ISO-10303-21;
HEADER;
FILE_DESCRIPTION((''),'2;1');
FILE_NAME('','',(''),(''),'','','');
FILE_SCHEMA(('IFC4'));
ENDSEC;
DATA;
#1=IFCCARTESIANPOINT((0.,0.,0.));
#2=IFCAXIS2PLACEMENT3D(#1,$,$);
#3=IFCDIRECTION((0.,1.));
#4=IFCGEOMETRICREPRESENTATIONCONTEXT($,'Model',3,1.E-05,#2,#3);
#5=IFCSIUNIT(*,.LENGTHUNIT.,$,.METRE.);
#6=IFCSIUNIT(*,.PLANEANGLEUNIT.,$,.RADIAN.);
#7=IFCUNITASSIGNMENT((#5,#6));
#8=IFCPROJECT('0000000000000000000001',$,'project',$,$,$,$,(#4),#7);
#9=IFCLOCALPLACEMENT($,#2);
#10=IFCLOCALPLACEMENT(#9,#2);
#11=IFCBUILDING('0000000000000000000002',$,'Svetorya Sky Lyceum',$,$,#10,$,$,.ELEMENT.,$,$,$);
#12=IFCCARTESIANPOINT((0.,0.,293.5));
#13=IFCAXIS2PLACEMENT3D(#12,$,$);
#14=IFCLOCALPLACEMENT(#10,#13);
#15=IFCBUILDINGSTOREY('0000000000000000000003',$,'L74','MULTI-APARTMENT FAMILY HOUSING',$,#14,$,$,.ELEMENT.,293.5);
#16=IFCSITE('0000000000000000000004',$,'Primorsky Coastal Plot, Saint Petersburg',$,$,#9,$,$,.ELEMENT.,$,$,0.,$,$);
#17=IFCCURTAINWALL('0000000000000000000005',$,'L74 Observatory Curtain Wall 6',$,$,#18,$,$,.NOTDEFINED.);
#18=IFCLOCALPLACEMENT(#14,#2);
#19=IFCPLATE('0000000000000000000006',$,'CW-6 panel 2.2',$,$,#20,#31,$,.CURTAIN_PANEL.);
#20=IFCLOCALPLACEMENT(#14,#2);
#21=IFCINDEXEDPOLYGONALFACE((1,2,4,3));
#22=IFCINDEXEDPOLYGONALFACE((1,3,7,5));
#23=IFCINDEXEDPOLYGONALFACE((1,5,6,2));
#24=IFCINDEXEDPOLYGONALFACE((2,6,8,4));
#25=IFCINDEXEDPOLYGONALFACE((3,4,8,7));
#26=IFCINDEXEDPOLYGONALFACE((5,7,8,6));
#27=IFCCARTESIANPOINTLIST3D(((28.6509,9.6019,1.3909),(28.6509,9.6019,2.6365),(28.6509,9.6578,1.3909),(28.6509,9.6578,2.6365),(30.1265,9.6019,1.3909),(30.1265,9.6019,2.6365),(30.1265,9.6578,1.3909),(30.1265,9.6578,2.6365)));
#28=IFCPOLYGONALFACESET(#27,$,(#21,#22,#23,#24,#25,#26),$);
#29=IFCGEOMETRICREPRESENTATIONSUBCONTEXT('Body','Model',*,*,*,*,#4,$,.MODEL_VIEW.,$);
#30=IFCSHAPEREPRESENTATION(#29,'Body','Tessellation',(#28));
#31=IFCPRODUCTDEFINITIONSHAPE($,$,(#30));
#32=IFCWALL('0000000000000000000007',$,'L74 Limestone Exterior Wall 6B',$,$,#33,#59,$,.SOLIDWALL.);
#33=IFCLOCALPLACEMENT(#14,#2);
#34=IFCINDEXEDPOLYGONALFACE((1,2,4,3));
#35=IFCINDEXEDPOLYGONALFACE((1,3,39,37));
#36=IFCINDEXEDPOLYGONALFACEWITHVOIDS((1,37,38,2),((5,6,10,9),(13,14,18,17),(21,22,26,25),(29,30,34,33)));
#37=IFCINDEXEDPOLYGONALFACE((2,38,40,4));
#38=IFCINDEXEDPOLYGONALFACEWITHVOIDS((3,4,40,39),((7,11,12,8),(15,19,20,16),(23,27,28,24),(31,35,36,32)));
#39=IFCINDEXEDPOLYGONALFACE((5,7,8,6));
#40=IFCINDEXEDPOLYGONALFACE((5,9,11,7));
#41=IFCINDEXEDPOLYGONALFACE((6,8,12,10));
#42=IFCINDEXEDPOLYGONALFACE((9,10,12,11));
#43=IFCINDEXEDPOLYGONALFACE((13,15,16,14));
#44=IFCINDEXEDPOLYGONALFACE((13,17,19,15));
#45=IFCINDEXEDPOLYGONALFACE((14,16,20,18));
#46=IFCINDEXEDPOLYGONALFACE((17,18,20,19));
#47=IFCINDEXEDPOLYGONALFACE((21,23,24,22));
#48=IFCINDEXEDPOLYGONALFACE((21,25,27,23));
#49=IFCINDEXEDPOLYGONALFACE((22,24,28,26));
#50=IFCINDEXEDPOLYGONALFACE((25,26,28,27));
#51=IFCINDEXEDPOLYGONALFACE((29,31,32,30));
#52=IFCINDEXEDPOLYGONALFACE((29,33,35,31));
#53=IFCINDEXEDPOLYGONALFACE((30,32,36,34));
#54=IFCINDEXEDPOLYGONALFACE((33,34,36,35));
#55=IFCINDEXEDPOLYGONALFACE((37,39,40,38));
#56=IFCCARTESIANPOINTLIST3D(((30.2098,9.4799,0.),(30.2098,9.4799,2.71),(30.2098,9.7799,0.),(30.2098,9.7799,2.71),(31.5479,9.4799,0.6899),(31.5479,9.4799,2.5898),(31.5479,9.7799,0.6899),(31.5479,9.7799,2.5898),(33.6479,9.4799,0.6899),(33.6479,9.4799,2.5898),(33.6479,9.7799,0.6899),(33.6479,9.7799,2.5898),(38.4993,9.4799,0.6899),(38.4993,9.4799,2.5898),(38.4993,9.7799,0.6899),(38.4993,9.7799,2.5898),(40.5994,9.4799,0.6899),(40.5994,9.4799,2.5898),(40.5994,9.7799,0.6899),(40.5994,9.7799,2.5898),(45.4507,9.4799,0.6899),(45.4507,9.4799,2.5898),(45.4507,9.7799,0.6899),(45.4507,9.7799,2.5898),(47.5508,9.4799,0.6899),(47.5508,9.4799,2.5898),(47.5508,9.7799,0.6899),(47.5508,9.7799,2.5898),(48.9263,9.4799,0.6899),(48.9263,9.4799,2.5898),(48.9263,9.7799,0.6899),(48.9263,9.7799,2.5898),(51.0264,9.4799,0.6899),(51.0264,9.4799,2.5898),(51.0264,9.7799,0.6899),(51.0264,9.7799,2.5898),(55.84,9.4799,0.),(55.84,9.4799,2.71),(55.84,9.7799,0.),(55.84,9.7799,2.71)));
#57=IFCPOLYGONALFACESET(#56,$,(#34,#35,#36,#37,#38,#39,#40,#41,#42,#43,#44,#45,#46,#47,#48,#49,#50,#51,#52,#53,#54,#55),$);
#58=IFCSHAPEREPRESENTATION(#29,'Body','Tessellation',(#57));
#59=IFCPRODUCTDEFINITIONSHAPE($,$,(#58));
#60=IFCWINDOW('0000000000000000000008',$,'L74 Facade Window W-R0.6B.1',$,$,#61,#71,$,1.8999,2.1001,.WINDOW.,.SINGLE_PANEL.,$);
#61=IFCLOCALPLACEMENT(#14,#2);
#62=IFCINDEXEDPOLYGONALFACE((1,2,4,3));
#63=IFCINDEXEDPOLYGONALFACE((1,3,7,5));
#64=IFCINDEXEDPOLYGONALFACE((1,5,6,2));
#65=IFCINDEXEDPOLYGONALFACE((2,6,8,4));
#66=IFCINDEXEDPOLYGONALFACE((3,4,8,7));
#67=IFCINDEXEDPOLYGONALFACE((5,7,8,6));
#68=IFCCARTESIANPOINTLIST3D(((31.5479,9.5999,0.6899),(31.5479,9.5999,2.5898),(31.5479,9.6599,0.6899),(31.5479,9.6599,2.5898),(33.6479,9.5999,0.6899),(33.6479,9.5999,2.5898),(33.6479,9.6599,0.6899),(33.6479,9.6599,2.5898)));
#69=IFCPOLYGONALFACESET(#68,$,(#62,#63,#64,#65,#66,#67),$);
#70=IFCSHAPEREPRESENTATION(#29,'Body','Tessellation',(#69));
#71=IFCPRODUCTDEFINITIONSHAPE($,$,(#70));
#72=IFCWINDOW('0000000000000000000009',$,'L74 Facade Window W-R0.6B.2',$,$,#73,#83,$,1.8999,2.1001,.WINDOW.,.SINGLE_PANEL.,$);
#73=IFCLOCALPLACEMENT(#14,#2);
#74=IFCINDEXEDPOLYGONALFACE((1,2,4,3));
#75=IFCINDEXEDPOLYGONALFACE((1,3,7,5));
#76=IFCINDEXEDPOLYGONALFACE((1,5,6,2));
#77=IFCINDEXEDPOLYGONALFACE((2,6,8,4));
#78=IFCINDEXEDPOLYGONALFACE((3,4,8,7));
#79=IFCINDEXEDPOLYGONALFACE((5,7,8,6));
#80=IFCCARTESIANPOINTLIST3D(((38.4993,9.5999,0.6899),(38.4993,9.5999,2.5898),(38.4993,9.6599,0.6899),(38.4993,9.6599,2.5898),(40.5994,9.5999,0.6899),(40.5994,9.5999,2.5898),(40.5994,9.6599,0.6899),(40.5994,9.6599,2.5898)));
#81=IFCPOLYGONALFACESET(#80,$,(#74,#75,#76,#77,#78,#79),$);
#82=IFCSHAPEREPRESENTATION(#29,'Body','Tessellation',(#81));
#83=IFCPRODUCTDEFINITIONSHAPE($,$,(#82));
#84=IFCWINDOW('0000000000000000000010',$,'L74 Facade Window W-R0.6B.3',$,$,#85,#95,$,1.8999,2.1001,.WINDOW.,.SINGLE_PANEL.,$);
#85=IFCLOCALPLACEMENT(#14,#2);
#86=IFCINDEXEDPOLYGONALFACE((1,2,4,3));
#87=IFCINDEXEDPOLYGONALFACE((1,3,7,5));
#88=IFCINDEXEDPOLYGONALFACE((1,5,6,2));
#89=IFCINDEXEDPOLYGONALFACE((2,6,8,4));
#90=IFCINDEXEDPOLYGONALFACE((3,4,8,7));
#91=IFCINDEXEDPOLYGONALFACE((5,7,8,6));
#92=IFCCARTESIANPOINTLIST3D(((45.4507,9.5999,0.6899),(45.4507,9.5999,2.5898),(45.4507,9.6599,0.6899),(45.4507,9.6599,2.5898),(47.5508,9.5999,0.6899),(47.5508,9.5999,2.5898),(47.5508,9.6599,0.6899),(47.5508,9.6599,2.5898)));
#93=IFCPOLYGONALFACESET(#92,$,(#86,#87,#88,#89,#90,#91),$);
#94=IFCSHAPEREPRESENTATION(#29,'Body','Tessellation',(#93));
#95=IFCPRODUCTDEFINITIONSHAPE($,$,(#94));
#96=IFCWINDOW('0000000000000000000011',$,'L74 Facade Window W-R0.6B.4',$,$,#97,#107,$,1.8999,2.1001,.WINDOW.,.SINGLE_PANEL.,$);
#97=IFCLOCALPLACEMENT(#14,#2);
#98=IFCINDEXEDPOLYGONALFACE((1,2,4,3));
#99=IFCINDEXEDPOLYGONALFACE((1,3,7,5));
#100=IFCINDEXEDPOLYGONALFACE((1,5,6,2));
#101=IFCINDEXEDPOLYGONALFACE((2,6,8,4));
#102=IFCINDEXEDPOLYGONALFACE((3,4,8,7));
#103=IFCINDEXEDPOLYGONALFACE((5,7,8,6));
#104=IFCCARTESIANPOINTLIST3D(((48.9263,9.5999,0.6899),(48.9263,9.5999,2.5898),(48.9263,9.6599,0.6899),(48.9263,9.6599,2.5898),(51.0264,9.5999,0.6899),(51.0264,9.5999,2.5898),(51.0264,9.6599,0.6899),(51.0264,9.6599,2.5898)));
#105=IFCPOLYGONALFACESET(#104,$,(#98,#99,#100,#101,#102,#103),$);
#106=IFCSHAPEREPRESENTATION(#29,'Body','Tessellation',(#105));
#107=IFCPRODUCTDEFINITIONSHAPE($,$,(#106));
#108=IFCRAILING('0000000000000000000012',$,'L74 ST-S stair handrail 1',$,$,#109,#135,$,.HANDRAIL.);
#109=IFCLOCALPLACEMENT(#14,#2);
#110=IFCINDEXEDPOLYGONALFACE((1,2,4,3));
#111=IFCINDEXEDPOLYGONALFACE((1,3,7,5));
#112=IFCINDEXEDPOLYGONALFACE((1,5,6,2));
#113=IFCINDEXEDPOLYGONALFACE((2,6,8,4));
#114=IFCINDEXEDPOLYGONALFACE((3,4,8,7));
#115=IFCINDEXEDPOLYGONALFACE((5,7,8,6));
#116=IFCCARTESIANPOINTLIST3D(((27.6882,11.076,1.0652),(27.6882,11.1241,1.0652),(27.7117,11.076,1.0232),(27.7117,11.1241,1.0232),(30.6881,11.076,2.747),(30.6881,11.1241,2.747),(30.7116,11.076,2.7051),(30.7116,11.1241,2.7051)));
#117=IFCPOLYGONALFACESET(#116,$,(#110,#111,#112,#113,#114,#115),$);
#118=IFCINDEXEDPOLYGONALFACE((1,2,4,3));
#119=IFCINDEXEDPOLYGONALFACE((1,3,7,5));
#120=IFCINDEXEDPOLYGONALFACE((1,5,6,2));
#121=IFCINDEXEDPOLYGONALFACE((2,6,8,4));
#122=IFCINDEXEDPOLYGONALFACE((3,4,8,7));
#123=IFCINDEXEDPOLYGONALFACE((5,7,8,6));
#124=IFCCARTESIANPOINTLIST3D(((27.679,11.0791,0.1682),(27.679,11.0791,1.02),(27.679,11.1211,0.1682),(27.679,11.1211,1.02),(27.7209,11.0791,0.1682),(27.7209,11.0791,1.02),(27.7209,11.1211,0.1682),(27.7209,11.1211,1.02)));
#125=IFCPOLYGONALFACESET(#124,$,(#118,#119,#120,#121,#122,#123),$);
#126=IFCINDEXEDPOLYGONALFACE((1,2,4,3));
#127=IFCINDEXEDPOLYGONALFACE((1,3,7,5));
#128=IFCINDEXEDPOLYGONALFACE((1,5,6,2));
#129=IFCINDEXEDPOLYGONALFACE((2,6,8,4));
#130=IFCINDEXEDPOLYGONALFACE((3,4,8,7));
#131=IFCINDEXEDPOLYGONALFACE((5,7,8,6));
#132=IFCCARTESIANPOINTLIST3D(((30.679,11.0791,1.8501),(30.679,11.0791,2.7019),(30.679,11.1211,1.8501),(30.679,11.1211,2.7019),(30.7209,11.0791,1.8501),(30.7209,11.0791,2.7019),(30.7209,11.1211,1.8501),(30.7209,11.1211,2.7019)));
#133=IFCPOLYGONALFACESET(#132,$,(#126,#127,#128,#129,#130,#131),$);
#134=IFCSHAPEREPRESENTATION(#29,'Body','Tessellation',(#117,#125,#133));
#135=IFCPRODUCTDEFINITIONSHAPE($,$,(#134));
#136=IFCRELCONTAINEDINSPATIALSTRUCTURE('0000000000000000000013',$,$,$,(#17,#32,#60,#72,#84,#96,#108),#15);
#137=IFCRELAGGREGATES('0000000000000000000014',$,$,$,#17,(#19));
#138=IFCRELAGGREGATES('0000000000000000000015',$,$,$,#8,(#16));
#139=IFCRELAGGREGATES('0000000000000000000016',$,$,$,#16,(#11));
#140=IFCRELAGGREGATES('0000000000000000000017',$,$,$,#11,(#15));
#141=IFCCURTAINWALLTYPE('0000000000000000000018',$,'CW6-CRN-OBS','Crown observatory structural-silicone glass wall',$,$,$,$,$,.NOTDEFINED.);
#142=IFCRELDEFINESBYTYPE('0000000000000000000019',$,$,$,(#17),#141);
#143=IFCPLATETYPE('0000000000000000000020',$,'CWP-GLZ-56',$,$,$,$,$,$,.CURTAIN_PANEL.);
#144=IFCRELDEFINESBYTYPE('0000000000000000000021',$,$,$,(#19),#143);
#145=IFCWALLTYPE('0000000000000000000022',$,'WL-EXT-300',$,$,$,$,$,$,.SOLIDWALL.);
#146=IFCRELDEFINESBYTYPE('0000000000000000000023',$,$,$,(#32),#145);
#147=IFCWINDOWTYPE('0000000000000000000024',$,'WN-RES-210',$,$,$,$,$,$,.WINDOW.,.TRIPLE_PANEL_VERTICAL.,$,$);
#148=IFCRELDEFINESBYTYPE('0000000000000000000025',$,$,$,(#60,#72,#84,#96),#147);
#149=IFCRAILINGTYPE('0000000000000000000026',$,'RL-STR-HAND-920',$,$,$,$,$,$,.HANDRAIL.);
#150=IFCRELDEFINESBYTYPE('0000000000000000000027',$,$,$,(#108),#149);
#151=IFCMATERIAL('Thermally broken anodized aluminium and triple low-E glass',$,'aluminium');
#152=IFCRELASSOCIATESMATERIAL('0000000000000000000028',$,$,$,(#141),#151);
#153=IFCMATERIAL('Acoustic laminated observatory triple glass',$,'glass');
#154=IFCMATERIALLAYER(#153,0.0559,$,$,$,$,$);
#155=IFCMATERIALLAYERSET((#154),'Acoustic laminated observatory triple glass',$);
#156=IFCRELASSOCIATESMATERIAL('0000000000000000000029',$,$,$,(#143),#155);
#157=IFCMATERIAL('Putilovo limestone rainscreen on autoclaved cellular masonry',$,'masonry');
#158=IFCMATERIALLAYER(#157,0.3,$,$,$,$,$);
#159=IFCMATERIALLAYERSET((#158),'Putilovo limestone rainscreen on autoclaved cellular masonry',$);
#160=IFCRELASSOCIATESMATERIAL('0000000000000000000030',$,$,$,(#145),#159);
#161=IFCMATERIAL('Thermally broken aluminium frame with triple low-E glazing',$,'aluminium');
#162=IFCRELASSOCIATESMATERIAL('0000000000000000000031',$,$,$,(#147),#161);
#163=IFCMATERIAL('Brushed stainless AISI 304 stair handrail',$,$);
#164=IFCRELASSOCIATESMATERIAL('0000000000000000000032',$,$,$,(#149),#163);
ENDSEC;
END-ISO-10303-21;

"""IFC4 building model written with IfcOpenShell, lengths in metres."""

from ifc_helpers import new_model, si_unit, direction, frame, frame_2d, origin, origin_2d, place, context, subcontext, project, spatial, rectangle, extrude, material, layer, layer_set, type_object, element, fill, aggregate, save


model = new_model("IFC4")

# Units and contexts
model_context = context("Model", 3, precision=1e-05, world=origin(), true_north=direction((0.0, 1.0)))
body_context = subcontext(model_context, "Body", "Model", "MODEL_VIEW")
ifc_project = project(units=[si_unit("LENGTHUNIT", "METRE"), si_unit("PLANEANGLEUNIT", "RADIAN")], contexts=[model_context])

# Site, building, storey
site_placement = place(None, origin())
site = spatial("IfcSite", under=ifc_project, at=site_placement, Name="Primorsky Coastal Plot, Saint Petersburg", CompositionType="ELEMENT", RefElevation=0.0)
building_placement = place(site_placement, origin())
building = spatial("IfcBuilding", under=site, at=building_placement, Name="Svetorya Sky Lyceum", CompositionType="ELEMENT")
storey_placement = place(building_placement, frame((0.0, 0.0, 293.5)))
storey = spatial("IfcBuildingStorey", under=building, at=storey_placement, Name="L74", Description="MULTI-APARTMENT FAMILY HOUSING", CompositionType="ELEMENT", Elevation=293.5)

# Curtain wall, plate
ifc_material_1 = material(Name="Thermally broken anodized aluminium and triple low-E glass", Category="aluminium")
curtain_wall_type = type_object("IfcCurtainWallType", Name="CW6-CRN-OBS", Description="Crown observatory structural-silicone glass wall", PredefinedType="NOTDEFINED", material=ifc_material_1)
curtain_wall_placement = place(storey_placement, origin())
curtain_wall = element("IfcCurtainWall", 1, at=curtain_wall_placement, inside=storey, type_object=curtain_wall_type, Name="L74 Observatory Curtain Wall 6", PredefinedType="NOTDEFINED")
ifc_material_2 = material(Name="Acoustic laminated observatory triple glass", Category="glass")
ifc_layer_1 = layer(ifc_material_2, 0.0559)
ifc_layer_set_1 = layer_set([ifc_layer_1], Name="Acoustic laminated observatory triple glass")
plate_type = type_object("IfcPlateType", Name="CWP-GLZ-56", PredefinedType="CURTAIN_PANEL", material=ifc_layer_set_1)
plate_1_placement = place(storey_placement, frame((29.3887, 9.6299, 1.3909), z_axis=(0.0, 0.0, 1.0), x_axis=(1.0, 0.0, 0.0)))
plate_1 = element("IfcPlate", 2, at=plate_1_placement, type_object=plate_type, Name="CW-6 panel 2.2", PredefinedType="CURTAIN_PANEL", context=body_context, shape_type="SweptSolid", body=[
    extrude(rectangle(XDim=1.4756, YDim=0.0559, at=origin_2d()), origin(), (0.0, 0.0, 1.0), 1.2456),
])
aggregate(curtain_wall, [plate_1])

# Wall, openings, windows
ifc_material_3 = material(Name="Putilovo limestone rainscreen on autoclaved cellular masonry", Category="masonry")
ifc_layer_2 = layer(ifc_material_3, 0.3)
ifc_layer_set_2 = layer_set([ifc_layer_2], Name="Putilovo limestone rainscreen on autoclaved cellular masonry")
wall_type = type_object("IfcWallType", Name="WL-EXT-300", PredefinedType="SOLIDWALL", material=ifc_layer_set_2)
wall_placement = place(storey_placement, frame((30.21, 9.6299, 0.0), z_axis=(0.0, 0.0, 1.0), x_axis=(1.0, 0.0, 0.0)))
wall = element("IfcWall", 3, at=wall_placement, inside=storey, type_object=wall_type, Name="L74 Limestone Exterior Wall 6B", PredefinedType="SOLIDWALL", context=body_context, shape_type="SweptSolid", body=[
    extrude(rectangle(XDim=25.6301, YDim=0.3, at=frame_2d((12.8149, 0.0))), origin(), (0.0, 0.0, 1.0), 2.71),
])
opening_1_placement = place(wall_placement, frame((1.3379, 0.0, 0.6899)))
opening_1 = element("IfcOpeningElement", 4, at=opening_1_placement, cuts=wall, PredefinedType="OPENING", context=body_context, shape_type="SweptSolid", body=[
    extrude(rectangle(XDim=2.1001, YDim=1.8999, at=frame_2d((1.05, 0.95))), frame((0.0, 0.1599, 0.0), z_axis=(0.0, -1.0, 0.0), x_axis=(1.0, 0.0, 0.0)), (0.0, 0.0, 1.0), 0.3201),
])
opening_2_placement = place(wall_placement, frame((8.2893, 0.0, 0.6899)))
opening_2 = element("IfcOpeningElement", 5, at=opening_2_placement, cuts=wall, PredefinedType="OPENING", context=body_context, shape_type="SweptSolid", body=[
    extrude(rectangle(XDim=2.1001, YDim=1.8999, at=frame_2d((1.05, 0.95))), frame((0.0, 0.1599, 0.0), z_axis=(0.0, -1.0, 0.0), x_axis=(1.0, 0.0, 0.0)), (0.0, 0.0, 1.0), 0.3201),
])
opening_3_placement = place(wall_placement, frame((15.2407, 0.0, 0.6899)))
opening_3 = element("IfcOpeningElement", 6, at=opening_3_placement, cuts=wall, PredefinedType="OPENING", context=body_context, shape_type="SweptSolid", body=[
    extrude(rectangle(XDim=2.1001, YDim=1.8999, at=frame_2d((1.05, 0.95))), frame((0.0, 0.1599, 0.0), z_axis=(0.0, -1.0, 0.0), x_axis=(1.0, 0.0, 0.0)), (0.0, 0.0, 1.0), 0.3201),
])
opening_4_placement = place(wall_placement, frame((18.7163, 0.0, 0.6899)))
opening_4 = element("IfcOpeningElement", 7, at=opening_4_placement, cuts=wall, PredefinedType="OPENING", context=body_context, shape_type="SweptSolid", body=[
    extrude(rectangle(XDim=2.1001, YDim=1.8999, at=frame_2d((1.05, 0.95))), frame((0.0, 0.1599, 0.0), z_axis=(0.0, -1.0, 0.0), x_axis=(1.0, 0.0, 0.0)), (0.0, 0.0, 1.0), 0.3201),
])
ifc_material_4 = material(Name="Thermally broken aluminium frame with triple low-E glazing", Category="aluminium")
window_type = type_object("IfcWindowType", Name="WN-RES-210", PartitioningType="TRIPLE_PANEL_VERTICAL", PredefinedType="WINDOW", material=ifc_material_4)
window_1_placement = place(opening_1_placement, origin())
window_1 = element("IfcWindow", 8, at=window_1_placement, inside=storey, type_object=window_type, Name="L74 Facade Window W-R0.6B.1", OverallHeight=1.8999, OverallWidth=2.1001, PartitioningType="SINGLE_PANEL", PredefinedType="WINDOW", context=body_context, shape_type="SweptSolid", body=[
    extrude(rectangle(XDim=2.1001, YDim=1.8999, at=frame_2d((1.05, 0.95))), frame((0.0, 0.03, 0.0), z_axis=(0.0, -1.0, 0.0), x_axis=(1.0, 0.0, 0.0)), (0.0, 0.0, 1.0), 0.0601),
])
fill(opening_1, window_1)
window_2_placement = place(opening_2_placement, origin())
window_2 = element("IfcWindow", 9, at=window_2_placement, inside=storey, type_object=window_type, Name="L74 Facade Window W-R0.6B.2", OverallHeight=1.8999, OverallWidth=2.1001, PartitioningType="SINGLE_PANEL", PredefinedType="WINDOW", context=body_context, shape_type="SweptSolid", body=[
    extrude(rectangle(XDim=2.1001, YDim=1.8999, at=frame_2d((1.05, 0.95))), frame((0.0, 0.03, 0.0), z_axis=(0.0, -1.0, 0.0), x_axis=(1.0, 0.0, 0.0)), (0.0, 0.0, 1.0), 0.0601),
])
fill(opening_2, window_2)
window_3_placement = place(opening_3_placement, origin())
window_3 = element("IfcWindow", 10, at=window_3_placement, inside=storey, type_object=window_type, Name="L74 Facade Window W-R0.6B.3", OverallHeight=1.8999, OverallWidth=2.1001, PartitioningType="SINGLE_PANEL", PredefinedType="WINDOW", context=body_context, shape_type="SweptSolid", body=[
    extrude(rectangle(XDim=2.1001, YDim=1.8999, at=frame_2d((1.05, 0.95))), frame((0.0, 0.03, 0.0), z_axis=(0.0, -1.0, 0.0), x_axis=(1.0, 0.0, 0.0)), (0.0, 0.0, 1.0), 0.0601),
])
fill(opening_3, window_3)
window_4_placement = place(opening_4_placement, origin())
window_4 = element("IfcWindow", 11, at=window_4_placement, inside=storey, type_object=window_type, Name="L74 Facade Window W-R0.6B.4", OverallHeight=1.8999, OverallWidth=2.1001, PartitioningType="SINGLE_PANEL", PredefinedType="WINDOW", context=body_context, shape_type="SweptSolid", body=[
    extrude(rectangle(XDim=2.1001, YDim=1.8999, at=frame_2d((1.05, 0.95))), frame((0.0, 0.03, 0.0), z_axis=(0.0, -1.0, 0.0), x_axis=(1.0, 0.0, 0.0)), (0.0, 0.0, 1.0), 0.0601),
])
fill(opening_4, window_4)

# Railing
ifc_material_5 = material(Name="Brushed stainless AISI 304 stair handrail")
railing_type = type_object("IfcRailingType", Name="RL-STR-HAND-920", PredefinedType="HANDRAIL", material=ifc_material_5)
railing_placement = place(storey_placement, frame((27.7, 11.1001, 0.1682)))
element("IfcRailing", 12, at=railing_placement, inside=storey, type_object=railing_type, Name="L74 ST-S stair handrail 1", PredefinedType="HANDRAIL", context=body_context, shape_type="SweptSolid", body=[
    extrude(rectangle(XDim=0.0481, YDim=0.0481, at=origin_2d()), frame((0.0, 0.0, 0.876), z_axis=(0.872272, 0.0, 0.48902), x_axis=(0.0, 1.0, 0.0)), (0.0, 0.0, 1.0), 3.4392),
    extrude(rectangle(XDim=0.042, YDim=0.042, at=origin_2d()), origin(), (0.0, 0.0, 1.0), 0.8518),
    extrude(rectangle(XDim=0.042, YDim=0.042, at=origin_2d()), frame((3.0, 0.0, 1.6819)), (0.0, 0.0, 1.0), 0.8518),
])

save(model, "model.ifc")
